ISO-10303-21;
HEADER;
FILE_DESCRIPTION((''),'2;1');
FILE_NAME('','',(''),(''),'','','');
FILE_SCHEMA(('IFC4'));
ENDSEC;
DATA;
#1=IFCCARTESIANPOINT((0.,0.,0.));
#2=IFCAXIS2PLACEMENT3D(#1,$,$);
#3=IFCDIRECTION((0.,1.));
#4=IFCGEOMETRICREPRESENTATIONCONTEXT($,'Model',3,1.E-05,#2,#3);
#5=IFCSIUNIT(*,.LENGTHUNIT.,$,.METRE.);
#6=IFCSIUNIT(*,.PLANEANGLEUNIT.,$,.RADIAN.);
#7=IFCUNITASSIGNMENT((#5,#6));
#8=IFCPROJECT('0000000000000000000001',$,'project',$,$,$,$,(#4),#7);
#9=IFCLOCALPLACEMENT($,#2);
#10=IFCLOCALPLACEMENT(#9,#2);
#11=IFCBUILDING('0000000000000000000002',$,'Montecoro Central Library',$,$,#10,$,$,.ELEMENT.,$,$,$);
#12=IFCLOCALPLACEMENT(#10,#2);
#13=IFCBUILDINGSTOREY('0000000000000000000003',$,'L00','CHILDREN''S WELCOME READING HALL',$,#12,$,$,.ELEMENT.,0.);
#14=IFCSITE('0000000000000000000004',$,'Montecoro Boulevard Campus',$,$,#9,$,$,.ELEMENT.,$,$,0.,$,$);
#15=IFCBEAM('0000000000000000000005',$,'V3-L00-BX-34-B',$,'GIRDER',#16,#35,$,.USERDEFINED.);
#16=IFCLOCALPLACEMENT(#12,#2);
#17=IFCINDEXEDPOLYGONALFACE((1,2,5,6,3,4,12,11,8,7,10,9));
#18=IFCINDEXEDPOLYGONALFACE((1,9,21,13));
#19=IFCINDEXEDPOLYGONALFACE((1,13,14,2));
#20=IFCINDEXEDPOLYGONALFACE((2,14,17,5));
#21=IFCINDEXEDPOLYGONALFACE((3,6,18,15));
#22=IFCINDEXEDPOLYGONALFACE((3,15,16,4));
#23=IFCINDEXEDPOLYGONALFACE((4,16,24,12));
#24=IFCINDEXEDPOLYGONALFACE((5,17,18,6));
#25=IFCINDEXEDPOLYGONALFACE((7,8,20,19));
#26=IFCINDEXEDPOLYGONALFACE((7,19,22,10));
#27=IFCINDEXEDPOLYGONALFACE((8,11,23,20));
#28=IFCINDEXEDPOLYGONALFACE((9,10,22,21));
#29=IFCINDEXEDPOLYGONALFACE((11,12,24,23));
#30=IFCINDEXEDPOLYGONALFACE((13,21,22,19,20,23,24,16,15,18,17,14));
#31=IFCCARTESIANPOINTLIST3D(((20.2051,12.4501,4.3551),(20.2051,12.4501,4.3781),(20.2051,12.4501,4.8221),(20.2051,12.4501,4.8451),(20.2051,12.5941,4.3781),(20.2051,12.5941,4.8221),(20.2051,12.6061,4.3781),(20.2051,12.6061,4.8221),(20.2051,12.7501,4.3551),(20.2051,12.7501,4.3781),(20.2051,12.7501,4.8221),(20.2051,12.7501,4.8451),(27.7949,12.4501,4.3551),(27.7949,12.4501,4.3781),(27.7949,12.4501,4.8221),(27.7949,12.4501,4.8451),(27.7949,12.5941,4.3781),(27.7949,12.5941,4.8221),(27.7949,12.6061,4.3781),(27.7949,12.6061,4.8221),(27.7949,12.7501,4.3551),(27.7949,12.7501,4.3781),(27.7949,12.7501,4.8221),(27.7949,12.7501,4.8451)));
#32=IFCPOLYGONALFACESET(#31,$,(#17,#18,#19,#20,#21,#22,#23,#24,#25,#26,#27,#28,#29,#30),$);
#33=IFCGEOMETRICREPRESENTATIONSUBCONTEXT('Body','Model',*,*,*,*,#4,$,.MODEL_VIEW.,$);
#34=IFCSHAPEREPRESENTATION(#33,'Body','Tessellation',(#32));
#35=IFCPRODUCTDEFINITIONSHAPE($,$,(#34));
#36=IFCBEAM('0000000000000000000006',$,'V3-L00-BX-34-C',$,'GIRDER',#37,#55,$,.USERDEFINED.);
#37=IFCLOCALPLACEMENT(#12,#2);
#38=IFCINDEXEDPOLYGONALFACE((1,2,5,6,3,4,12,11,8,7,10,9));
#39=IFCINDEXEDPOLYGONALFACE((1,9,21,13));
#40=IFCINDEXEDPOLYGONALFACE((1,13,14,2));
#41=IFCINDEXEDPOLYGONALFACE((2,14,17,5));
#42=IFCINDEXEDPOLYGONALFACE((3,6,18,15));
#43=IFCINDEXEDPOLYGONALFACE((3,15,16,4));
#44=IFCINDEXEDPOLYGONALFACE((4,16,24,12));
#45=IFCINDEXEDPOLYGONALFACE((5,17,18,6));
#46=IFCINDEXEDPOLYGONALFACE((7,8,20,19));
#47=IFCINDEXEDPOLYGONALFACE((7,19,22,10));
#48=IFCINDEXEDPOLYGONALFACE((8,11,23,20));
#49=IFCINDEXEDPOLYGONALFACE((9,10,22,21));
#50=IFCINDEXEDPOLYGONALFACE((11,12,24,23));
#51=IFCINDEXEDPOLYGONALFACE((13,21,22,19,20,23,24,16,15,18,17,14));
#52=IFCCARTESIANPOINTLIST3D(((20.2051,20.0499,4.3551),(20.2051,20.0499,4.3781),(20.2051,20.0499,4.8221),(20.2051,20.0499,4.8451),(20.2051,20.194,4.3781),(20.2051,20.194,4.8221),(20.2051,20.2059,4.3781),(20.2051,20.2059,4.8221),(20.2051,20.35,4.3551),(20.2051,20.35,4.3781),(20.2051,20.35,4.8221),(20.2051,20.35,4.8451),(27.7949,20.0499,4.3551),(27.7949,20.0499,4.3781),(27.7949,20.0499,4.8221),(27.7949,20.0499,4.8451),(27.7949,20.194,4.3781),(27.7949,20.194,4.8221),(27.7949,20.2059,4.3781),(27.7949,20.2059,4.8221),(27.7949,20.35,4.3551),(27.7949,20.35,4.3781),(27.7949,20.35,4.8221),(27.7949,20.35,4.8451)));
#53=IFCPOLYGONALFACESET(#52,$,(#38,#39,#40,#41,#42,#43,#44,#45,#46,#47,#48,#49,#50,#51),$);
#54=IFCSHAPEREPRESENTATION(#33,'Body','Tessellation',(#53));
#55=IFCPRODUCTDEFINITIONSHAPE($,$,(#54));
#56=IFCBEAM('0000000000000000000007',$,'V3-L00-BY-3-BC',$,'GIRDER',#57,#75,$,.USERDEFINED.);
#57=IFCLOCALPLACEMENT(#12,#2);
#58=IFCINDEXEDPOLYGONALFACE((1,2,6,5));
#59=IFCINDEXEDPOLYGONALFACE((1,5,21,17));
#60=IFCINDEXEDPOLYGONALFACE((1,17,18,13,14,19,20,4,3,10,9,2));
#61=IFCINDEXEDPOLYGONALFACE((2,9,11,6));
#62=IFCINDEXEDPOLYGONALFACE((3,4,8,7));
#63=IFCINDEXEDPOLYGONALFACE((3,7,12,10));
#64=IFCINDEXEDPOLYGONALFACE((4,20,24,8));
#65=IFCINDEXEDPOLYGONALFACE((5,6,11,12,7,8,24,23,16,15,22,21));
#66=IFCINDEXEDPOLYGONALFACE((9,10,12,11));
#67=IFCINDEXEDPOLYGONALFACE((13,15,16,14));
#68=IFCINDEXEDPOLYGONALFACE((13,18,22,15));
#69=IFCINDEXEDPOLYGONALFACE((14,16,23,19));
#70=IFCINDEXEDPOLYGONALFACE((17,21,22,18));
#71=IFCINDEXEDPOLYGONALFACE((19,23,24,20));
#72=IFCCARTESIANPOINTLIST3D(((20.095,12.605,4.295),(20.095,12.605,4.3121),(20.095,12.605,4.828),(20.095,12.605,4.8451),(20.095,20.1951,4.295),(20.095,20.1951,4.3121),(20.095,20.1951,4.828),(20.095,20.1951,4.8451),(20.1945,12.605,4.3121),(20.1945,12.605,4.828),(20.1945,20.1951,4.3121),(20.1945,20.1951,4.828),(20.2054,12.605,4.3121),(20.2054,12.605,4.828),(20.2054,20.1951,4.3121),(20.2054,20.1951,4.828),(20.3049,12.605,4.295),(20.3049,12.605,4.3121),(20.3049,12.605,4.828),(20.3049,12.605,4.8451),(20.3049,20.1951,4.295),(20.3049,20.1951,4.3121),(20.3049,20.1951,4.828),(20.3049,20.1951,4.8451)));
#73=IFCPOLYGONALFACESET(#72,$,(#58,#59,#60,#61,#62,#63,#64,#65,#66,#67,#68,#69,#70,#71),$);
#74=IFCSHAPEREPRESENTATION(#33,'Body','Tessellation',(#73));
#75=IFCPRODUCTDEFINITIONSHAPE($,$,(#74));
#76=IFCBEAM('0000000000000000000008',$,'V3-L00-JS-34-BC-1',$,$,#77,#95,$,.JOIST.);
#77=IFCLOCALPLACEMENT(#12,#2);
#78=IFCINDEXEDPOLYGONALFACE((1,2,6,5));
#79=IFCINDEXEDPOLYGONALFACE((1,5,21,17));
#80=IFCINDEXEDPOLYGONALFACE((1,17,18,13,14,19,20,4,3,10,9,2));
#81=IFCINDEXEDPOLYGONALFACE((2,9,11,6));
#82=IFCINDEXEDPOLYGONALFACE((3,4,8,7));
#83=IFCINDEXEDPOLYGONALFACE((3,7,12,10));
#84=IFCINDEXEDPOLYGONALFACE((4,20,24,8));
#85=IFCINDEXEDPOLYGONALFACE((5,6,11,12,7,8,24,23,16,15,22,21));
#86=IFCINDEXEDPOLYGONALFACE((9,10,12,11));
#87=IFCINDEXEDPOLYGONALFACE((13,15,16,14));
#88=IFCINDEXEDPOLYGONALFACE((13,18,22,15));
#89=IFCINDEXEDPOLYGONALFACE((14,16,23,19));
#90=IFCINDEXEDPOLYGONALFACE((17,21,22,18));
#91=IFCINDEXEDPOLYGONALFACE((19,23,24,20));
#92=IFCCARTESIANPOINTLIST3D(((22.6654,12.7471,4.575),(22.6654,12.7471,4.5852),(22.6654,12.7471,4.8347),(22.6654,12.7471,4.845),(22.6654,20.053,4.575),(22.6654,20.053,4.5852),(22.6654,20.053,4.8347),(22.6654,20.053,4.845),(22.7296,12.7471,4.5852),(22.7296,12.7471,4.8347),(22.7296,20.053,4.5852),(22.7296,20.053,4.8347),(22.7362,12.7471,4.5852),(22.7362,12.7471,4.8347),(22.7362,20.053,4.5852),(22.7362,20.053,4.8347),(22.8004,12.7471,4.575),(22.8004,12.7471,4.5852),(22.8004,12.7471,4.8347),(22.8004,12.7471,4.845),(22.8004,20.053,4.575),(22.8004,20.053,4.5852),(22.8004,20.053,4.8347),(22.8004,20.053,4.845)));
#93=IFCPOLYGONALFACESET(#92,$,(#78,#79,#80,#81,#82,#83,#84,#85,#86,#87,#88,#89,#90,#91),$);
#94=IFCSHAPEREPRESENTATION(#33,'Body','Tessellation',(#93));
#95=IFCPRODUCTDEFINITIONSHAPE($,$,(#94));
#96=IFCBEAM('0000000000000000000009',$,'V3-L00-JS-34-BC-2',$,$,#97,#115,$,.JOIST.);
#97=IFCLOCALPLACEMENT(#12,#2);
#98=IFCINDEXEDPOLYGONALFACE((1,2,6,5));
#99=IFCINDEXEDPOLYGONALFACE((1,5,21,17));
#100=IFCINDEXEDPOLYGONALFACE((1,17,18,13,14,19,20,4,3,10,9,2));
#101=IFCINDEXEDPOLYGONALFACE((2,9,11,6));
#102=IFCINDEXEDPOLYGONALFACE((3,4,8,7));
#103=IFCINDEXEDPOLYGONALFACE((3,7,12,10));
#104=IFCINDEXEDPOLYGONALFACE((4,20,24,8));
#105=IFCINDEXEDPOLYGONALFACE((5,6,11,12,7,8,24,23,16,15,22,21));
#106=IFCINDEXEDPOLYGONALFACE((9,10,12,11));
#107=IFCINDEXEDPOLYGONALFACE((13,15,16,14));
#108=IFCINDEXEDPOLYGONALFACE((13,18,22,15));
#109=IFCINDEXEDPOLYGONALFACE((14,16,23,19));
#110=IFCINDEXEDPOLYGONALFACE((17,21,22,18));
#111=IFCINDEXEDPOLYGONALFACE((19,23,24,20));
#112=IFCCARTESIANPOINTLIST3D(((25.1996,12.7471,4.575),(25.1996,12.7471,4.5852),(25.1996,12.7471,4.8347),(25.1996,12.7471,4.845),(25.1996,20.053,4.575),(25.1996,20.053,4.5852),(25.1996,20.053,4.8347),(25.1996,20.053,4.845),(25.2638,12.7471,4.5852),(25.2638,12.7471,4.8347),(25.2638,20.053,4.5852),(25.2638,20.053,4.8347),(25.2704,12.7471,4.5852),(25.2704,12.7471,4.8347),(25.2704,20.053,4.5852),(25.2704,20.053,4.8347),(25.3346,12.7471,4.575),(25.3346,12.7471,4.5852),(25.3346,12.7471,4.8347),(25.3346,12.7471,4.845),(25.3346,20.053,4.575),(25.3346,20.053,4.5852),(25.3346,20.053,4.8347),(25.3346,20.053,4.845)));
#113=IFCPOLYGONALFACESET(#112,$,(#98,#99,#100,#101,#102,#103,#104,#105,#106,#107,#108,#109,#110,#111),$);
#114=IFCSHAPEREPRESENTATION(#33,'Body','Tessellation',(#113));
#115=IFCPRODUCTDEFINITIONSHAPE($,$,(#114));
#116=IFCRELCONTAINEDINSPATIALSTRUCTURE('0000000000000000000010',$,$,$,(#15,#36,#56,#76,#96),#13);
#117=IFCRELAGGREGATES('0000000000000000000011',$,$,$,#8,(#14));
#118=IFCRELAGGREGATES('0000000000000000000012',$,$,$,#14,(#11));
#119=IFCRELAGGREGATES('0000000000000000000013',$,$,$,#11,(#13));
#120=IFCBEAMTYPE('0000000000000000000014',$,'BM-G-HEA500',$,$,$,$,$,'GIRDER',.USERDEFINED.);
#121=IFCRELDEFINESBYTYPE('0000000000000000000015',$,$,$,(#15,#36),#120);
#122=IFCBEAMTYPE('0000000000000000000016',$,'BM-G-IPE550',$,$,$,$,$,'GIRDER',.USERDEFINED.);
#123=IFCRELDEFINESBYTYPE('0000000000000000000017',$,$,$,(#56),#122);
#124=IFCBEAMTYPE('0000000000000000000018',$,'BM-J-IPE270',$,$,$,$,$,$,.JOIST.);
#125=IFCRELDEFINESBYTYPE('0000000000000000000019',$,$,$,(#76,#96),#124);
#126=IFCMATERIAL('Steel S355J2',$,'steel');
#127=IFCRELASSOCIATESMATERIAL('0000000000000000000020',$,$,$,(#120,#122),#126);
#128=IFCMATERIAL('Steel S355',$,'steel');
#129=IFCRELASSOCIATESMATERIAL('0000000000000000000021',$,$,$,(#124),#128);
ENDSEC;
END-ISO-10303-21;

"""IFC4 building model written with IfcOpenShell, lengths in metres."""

from ifc_helpers import new_model, si_unit, direction, frame, origin, origin_2d, place, context, subcontext, project, spatial, i_section, extrude, material, material_profile, profile_set, type_object, element, save


model = new_model("IFC4")

# Units and contexts
model_context = context("Model", 3, precision=1e-05, world=origin(), true_north=direction((0.0, 1.0)))
body_context = subcontext(model_context, "Body", "Model", "MODEL_VIEW")
ifc_project = project(units=[si_unit("LENGTHUNIT", "METRE"), si_unit("PLANEANGLEUNIT", "RADIAN")], contexts=[model_context])

# Site, building, storey
site_placement = place(None, origin())
site = spatial("IfcSite", under=ifc_project, at=site_placement, Name="Montecoro Boulevard Campus", CompositionType="ELEMENT", RefElevation=0.0)
building_placement = place(site_placement, origin())
building = spatial("IfcBuilding", under=site, at=building_placement, Name="Montecoro Central Library", CompositionType="ELEMENT")
storey_placement = place(building_placement, origin())
storey = spatial("IfcBuildingStorey", under=building, at=storey_placement, Name="L00", Description="CHILDREN'S WELCOME READING HALL", CompositionType="ELEMENT", Elevation=0.0)

# Shared definitions
ifc_material_1 = material(Name="Steel S355", Category="steel")

# Beams
ifc_material_2 = material(Name="Steel S355J2", Category="steel")
ifc_material_profile_1 = material_profile(ifc_material_2, i_section(OverallWidth=0.3, OverallDepth=0.49, WebThickness=0.012, FlangeThickness=0.0229, at=origin_2d()), Name="HEA 500")
ifc_profile_set_1 = profile_set([ifc_material_profile_1], Name="Steel S355J2")
beam_type_1 = type_object("IfcBeamType", Name="BM-G-HEA500", ElementType="GIRDER", PredefinedType="USERDEFINED", material=ifc_profile_set_1)
for number, where, z_axis, x_axis, name in (
    (1, (20.2051, 12.6001, 4.6001), (1.0, 0.0, 0.0), (0.0, 1.0, 0.0), "V3-L00-BX-34-B"),
    (2, (20.2051, 20.2, 4.6001), (1.0, 0.0, 0.0), (0.0, 1.0, 0.0), "V3-L00-BX-34-C"),
):
    element("IfcBeam", number, at=place(storey_placement, frame(where, z_axis=z_axis, x_axis=x_axis)), inside=storey, type_object=beam_type_1, Name=name, ObjectType="GIRDER", PredefinedType="USERDEFINED", context=body_context, shape_type="SweptSolid", body=[
        extrude(i_section(OverallWidth=0.3, OverallDepth=0.49, WebThickness=0.012, FlangeThickness=0.0229, at=origin_2d()), origin(), (0.0, 0.0, 1.0), 7.5898),
    ])
ifc_material_profile_2 = material_profile(ifc_material_2, i_section(OverallWidth=0.21, OverallDepth=0.55, WebThickness=0.011, FlangeThickness=0.0171, at=origin_2d()), Name="IPE 550")
ifc_profile_set_2 = profile_set([ifc_material_profile_2], Name="Steel S355J2")
beam_type_2 = type_object("IfcBeamType", Name="BM-G-IPE550", ElementType="GIRDER", PredefinedType="USERDEFINED", material=ifc_profile_set_2)
beam_placement = place(storey_placement, frame((20.2, 12.605, 4.5701), z_axis=(0.0, 1.0, 0.0), x_axis=(-1.0, 0.0, 0.0)))
element("IfcBeam", 3, at=beam_placement, inside=storey, type_object=beam_type_2, Name="V3-L00-BY-3-BC", ObjectType="GIRDER", PredefinedType="USERDEFINED", context=body_context, shape_type="SweptSolid", body=[
    extrude(i_section(OverallWidth=0.21, OverallDepth=0.55, WebThickness=0.011, FlangeThickness=0.0171, at=origin_2d()), origin(), (0.0, 0.0, 1.0), 7.5901),
])
ifc_material_profile_3 = material_profile(ifc_material_1, i_section(OverallWidth=0.135, OverallDepth=0.27, WebThickness=0.0066, FlangeThickness=0.0103, at=origin_2d()), Name="IPE 270")
ifc_profile_set_3 = profile_set([ifc_material_profile_3], Name="Steel S355")
beam_type_3 = type_object("IfcBeamType", Name="BM-J-IPE270", PredefinedType="JOIST", material=ifc_profile_set_3)
for number, where, z_axis, x_axis, name in (
    (4, (22.7329, 12.7471, 4.71), (0.0, 1.0, 0.0), (-1.0, 0.0, 0.0), "V3-L00-JS-34-BC-1"),
    (5, (25.2671, 12.7471, 4.71), (0.0, 1.0, 0.0), (-1.0, 0.0, 0.0), "V3-L00-JS-34-BC-2"),
):
    element("IfcBeam", number, at=place(storey_placement, frame(where, z_axis=z_axis, x_axis=x_axis)), inside=storey, type_object=beam_type_3, Name=name, PredefinedType="JOIST", context=body_context, shape_type="SweptSolid", body=[
        extrude(i_section(OverallWidth=0.135, OverallDepth=0.27, WebThickness=0.0066, FlangeThickness=0.0103, at=origin_2d()), origin(), (0.0, 0.0, 1.0), 7.3059),
    ])

save(model, "model.ifc")
